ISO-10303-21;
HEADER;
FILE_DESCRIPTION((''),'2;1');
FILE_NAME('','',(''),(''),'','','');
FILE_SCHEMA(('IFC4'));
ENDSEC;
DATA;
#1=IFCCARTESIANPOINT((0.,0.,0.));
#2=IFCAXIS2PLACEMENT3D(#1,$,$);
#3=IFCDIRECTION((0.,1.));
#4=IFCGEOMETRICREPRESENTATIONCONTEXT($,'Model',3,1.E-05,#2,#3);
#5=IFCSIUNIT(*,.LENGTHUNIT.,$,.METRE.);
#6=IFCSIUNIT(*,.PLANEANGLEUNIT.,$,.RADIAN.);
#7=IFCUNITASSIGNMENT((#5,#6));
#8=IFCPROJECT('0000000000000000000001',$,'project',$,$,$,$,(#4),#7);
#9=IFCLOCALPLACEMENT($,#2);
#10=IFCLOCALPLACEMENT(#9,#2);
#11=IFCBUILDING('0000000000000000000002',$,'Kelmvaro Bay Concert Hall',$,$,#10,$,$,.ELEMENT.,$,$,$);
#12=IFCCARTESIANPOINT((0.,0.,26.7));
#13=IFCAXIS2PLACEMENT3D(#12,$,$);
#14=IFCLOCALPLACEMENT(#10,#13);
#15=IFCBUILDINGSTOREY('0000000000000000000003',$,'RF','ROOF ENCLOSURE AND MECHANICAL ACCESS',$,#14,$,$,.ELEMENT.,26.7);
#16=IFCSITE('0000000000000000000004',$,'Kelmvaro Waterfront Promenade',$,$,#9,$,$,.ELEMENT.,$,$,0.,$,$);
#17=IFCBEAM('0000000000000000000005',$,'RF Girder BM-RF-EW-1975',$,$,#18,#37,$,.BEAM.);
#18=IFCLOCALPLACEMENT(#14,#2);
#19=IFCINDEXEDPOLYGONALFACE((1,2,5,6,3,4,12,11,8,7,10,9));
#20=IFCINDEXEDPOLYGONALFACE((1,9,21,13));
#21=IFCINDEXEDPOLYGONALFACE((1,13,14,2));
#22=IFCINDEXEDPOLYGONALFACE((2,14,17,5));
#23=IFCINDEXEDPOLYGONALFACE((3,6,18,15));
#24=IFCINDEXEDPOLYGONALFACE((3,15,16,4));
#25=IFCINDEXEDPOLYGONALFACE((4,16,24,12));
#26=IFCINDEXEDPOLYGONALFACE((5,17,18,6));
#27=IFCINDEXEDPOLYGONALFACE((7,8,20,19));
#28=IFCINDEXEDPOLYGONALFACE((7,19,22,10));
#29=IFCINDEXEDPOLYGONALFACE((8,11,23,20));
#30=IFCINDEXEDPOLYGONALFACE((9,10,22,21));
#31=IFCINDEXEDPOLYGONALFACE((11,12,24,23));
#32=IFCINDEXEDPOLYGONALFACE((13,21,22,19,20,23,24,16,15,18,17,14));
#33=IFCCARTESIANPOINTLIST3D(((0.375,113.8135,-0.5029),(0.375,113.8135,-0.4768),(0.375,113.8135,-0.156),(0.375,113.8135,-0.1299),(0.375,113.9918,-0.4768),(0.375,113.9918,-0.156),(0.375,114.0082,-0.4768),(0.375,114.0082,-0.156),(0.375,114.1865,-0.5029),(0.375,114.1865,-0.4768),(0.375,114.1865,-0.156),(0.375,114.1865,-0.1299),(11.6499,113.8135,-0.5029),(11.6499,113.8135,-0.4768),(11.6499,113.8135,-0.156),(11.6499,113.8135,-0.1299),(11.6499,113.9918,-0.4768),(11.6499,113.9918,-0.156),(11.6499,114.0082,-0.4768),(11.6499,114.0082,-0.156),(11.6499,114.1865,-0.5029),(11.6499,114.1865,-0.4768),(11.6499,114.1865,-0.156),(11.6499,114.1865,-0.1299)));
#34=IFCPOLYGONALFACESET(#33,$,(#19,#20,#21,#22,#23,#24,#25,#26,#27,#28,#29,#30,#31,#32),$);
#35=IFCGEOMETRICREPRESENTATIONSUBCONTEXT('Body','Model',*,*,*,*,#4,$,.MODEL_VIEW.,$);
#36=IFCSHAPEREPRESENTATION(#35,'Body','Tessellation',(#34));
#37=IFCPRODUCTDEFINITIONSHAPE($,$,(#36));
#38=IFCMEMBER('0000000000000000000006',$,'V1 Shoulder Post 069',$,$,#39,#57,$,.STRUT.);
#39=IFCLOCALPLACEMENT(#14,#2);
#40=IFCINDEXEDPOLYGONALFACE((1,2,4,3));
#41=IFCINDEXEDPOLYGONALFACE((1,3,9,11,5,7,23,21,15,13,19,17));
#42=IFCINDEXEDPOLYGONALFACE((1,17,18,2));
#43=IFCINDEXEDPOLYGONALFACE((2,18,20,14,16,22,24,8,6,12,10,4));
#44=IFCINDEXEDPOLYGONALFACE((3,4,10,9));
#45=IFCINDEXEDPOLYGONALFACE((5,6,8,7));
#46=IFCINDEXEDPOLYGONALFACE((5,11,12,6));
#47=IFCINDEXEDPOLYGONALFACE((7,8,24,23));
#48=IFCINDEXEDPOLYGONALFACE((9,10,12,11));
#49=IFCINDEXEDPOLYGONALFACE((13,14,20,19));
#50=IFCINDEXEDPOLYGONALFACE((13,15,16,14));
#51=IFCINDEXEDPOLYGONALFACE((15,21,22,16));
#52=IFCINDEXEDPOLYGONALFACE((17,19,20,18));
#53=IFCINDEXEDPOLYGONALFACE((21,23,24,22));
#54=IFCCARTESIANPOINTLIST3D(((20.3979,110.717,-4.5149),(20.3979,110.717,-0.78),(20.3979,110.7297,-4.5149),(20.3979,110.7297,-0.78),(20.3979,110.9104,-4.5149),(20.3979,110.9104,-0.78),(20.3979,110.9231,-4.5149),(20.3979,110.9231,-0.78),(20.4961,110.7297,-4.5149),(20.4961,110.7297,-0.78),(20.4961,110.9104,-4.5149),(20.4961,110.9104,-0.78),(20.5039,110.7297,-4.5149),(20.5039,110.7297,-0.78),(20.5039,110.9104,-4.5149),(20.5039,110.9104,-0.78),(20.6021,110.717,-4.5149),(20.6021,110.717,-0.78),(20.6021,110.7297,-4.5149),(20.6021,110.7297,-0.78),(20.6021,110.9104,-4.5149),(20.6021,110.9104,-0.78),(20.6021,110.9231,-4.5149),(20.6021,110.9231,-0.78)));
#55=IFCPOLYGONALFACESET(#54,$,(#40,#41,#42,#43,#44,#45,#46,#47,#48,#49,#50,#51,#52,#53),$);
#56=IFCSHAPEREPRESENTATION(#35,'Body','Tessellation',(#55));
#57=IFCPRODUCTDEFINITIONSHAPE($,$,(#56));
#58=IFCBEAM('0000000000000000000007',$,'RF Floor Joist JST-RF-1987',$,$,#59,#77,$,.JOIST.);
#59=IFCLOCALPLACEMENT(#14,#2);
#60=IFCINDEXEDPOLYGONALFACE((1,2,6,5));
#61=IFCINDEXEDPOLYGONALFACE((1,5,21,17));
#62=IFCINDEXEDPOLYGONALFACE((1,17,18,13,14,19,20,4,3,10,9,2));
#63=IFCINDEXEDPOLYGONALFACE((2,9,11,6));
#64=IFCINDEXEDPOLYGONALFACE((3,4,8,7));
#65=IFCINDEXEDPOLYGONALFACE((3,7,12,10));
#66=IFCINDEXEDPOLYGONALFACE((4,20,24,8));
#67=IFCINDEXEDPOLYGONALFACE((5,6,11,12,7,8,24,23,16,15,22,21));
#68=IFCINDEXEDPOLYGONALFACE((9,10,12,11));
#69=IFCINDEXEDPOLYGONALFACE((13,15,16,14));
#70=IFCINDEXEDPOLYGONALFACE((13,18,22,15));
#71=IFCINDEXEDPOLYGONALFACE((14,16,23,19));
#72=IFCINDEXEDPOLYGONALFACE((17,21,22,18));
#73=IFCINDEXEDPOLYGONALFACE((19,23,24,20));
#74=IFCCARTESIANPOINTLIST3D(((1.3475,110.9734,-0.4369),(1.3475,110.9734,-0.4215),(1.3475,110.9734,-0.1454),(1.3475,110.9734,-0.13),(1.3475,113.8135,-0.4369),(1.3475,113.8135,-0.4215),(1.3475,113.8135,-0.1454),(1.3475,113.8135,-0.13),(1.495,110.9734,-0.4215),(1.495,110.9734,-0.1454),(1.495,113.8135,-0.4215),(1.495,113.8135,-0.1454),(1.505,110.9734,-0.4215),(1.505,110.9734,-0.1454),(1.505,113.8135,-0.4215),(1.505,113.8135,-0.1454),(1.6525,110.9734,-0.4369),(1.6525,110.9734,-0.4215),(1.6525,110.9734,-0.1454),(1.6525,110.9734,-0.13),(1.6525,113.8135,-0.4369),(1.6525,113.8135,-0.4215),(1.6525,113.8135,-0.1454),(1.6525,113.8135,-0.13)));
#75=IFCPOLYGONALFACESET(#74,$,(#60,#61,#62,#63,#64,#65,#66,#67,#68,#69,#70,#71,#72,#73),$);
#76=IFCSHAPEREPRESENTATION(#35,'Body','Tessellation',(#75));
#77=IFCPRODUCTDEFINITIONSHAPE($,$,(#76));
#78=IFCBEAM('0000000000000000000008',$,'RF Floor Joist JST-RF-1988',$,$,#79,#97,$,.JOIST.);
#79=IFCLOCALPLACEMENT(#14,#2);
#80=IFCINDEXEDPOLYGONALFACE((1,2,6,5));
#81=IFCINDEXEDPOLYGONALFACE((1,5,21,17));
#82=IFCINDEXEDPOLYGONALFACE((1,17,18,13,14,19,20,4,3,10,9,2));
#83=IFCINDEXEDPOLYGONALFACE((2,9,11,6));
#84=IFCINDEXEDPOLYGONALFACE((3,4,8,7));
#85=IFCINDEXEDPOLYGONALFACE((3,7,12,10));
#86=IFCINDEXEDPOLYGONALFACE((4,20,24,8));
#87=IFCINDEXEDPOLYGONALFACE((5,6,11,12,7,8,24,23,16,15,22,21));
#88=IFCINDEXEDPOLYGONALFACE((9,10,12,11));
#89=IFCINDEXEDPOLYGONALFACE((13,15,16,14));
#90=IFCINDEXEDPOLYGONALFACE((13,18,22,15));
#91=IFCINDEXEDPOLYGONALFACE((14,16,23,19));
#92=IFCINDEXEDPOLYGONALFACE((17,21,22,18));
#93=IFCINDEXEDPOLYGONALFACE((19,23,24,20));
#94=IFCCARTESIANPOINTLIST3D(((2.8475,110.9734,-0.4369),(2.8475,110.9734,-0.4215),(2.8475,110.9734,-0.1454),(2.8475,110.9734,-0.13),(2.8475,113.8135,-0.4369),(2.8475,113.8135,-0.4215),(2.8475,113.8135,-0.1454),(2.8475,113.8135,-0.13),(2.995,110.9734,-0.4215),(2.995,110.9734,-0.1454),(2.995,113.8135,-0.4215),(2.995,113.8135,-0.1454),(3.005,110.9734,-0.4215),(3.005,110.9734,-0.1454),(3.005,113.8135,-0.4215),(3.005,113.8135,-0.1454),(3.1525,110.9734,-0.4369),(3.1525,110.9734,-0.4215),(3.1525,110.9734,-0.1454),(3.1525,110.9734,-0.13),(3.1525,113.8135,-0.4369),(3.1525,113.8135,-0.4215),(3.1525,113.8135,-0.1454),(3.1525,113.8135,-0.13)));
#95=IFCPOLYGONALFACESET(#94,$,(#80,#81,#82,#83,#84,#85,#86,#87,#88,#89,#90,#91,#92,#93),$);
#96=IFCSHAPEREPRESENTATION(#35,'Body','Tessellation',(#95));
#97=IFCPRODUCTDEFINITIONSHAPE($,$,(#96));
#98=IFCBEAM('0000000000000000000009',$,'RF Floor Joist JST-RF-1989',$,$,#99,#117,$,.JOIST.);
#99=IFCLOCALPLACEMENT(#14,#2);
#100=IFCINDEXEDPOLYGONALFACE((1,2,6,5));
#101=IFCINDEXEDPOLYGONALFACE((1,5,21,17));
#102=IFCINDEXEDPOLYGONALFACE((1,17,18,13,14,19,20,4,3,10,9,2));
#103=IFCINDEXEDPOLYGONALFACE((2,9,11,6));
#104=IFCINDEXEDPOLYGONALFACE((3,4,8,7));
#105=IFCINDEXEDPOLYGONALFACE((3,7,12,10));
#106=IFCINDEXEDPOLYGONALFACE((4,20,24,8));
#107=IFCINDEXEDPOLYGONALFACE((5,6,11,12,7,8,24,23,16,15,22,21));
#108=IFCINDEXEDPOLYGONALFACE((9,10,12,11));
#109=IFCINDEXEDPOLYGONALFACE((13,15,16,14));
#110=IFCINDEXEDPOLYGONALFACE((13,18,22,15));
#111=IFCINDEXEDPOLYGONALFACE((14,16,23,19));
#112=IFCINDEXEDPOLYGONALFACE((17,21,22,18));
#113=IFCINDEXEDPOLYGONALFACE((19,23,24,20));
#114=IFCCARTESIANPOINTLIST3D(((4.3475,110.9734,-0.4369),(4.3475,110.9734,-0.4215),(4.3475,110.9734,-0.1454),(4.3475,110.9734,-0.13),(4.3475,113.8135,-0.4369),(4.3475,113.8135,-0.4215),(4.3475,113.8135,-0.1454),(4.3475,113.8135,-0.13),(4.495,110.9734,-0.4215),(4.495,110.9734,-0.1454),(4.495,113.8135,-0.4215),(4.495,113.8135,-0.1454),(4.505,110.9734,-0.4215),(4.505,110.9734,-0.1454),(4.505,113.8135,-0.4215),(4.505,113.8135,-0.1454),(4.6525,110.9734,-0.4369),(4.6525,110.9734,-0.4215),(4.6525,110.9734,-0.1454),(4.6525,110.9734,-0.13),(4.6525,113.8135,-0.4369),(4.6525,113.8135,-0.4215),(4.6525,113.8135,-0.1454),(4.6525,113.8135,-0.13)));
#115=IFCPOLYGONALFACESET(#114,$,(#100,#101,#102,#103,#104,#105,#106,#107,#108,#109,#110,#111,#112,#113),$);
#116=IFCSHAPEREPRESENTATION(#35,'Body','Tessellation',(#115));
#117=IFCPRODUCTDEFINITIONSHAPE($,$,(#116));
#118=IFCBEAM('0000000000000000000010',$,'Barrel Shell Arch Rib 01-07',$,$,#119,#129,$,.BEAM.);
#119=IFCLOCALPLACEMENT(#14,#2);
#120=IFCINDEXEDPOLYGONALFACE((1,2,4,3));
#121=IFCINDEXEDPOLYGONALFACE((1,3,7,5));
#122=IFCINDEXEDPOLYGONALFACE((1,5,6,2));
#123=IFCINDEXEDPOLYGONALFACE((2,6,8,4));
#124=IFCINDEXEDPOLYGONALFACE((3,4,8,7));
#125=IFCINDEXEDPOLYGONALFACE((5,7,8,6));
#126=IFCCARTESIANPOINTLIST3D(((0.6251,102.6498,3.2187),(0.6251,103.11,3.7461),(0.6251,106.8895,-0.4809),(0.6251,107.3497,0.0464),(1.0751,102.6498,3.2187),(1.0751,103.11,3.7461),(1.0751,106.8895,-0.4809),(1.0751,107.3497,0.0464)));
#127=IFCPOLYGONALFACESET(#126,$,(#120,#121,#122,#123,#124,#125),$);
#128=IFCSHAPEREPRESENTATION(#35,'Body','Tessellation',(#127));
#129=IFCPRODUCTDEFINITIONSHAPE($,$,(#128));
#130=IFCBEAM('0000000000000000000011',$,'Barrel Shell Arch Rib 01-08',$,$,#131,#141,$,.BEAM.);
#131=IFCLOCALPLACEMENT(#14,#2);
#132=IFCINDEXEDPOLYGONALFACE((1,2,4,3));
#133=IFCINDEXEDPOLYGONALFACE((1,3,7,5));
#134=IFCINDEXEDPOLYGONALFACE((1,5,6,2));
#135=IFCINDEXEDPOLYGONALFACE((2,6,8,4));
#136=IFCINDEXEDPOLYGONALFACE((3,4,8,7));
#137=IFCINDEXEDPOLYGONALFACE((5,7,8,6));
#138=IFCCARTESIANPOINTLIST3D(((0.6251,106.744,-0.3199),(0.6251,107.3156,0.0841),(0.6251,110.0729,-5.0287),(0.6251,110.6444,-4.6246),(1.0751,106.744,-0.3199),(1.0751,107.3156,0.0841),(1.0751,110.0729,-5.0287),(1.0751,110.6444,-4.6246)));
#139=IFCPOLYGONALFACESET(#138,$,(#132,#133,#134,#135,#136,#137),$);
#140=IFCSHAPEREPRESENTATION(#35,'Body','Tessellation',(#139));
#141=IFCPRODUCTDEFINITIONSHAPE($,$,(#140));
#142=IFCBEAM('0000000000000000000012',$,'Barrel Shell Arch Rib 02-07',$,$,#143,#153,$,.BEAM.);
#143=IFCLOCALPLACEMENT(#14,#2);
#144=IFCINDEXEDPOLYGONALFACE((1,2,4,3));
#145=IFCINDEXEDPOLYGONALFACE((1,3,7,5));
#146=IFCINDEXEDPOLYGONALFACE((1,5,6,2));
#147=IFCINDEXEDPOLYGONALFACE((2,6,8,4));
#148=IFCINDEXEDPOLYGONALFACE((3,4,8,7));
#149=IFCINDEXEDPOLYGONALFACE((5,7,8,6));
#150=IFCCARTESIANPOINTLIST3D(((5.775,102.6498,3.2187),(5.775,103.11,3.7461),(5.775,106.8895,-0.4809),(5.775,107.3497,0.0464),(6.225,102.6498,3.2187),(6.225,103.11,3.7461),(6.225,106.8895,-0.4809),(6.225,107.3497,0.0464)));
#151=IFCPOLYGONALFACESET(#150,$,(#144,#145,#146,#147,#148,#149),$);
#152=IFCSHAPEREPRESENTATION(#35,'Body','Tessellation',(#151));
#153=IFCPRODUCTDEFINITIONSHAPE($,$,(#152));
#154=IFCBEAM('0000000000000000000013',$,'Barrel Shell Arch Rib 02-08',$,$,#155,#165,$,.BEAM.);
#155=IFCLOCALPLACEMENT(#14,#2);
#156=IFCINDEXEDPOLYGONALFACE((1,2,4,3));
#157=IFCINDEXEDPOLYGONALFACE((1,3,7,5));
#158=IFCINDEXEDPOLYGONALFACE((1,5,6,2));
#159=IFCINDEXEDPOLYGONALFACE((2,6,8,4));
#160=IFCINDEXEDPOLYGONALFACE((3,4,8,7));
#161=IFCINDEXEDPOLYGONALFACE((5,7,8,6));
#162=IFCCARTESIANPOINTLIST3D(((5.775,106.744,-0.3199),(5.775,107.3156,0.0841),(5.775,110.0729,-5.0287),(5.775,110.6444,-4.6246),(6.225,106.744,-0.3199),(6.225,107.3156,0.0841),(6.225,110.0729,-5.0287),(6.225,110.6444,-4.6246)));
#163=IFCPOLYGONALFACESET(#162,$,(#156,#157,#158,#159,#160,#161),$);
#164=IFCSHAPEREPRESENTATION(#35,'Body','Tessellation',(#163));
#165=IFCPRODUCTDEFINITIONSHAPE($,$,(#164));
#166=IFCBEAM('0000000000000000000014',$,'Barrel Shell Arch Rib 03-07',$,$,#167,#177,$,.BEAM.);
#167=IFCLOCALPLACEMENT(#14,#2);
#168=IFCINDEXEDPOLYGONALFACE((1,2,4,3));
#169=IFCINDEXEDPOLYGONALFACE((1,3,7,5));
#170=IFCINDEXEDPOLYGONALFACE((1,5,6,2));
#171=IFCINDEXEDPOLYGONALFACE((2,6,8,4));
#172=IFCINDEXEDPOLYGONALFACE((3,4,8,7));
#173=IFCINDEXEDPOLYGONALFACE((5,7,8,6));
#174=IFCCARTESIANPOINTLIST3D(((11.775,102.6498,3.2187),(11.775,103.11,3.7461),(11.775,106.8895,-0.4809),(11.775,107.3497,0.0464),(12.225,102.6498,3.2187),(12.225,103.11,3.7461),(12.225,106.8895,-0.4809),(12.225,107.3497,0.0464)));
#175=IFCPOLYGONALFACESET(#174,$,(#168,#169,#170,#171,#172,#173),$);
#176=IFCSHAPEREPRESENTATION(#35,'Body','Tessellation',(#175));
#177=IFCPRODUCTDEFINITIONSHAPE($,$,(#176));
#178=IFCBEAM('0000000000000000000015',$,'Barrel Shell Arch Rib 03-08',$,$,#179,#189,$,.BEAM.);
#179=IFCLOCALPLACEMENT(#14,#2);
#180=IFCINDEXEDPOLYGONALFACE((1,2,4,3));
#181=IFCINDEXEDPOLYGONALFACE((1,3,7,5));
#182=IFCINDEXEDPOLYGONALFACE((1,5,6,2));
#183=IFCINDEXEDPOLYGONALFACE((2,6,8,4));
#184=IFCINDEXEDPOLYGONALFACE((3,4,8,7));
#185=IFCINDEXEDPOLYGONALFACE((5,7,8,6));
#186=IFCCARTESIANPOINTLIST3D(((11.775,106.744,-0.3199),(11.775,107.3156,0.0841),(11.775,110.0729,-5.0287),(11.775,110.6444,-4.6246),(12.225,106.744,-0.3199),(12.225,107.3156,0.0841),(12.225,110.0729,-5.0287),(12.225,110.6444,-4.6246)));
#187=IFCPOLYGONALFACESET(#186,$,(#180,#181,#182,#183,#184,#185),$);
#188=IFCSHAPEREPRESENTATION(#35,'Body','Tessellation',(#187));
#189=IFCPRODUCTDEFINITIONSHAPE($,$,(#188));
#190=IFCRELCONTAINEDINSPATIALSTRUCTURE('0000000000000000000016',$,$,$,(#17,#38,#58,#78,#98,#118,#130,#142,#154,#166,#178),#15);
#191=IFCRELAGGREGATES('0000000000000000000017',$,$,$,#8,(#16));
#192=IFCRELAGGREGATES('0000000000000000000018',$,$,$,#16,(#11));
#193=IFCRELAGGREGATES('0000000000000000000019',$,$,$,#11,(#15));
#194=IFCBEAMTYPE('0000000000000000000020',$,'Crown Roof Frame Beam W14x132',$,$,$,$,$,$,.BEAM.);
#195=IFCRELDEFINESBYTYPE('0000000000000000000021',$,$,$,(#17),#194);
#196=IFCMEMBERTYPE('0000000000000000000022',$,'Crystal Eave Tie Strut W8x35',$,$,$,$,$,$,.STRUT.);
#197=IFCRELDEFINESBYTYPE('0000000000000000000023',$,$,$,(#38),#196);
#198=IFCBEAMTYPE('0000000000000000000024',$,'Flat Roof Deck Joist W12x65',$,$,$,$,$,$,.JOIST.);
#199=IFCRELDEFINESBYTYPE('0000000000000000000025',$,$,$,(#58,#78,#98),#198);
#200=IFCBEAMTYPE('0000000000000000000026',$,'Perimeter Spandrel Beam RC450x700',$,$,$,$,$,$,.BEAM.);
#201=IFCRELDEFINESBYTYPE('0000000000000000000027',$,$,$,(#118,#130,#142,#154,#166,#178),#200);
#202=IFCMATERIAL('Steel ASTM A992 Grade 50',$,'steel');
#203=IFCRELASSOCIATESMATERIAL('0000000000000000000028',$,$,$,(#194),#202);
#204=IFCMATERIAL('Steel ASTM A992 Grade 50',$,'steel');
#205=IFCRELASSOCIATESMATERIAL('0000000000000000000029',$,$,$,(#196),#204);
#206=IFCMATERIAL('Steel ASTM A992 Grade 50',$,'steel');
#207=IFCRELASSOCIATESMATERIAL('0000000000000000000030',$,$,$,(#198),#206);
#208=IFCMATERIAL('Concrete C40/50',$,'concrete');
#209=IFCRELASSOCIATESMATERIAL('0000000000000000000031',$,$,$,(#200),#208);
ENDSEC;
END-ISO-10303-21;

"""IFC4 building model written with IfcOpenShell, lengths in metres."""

from ifc_helpers import new_model, si_unit, direction, frame, origin, origin_2d, place, context, subcontext, project, spatial, rectangle, i_section, extrude, material, material_profile, profile_set, type_object, element, save


model = new_model("IFC4")

# Units and contexts
model_context = context("Model", 3, precision=1e-05, world=origin(), true_north=direction((0.0, 1.0)))
body_context = subcontext(model_context, "Body", "Model", "MODEL_VIEW")
ifc_project = project(units=[si_unit("LENGTHUNIT", "METRE"), si_unit("PLANEANGLEUNIT", "RADIAN")], contexts=[model_context])

# Site, building, storey
site_placement = place(None, origin())
site = spatial("IfcSite", under=ifc_project, at=site_placement, Name="Kelmvaro Waterfront Promenade", CompositionType="ELEMENT", RefElevation=0.0)
building_placement = place(site_placement, origin())
building = spatial("IfcBuilding", under=site, at=building_placement, Name="Kelmvaro Bay Concert Hall", CompositionType="ELEMENT")
storey_placement = place(building_placement, frame((0.0, 0.0, 26.7)))
storey = spatial("IfcBuildingStorey", under=building, at=storey_placement, Name="RF", Description="ROOF ENCLOSURE AND MECHANICAL ACCESS", CompositionType="ELEMENT", Elevation=26.7)

# Beam
ifc_material_1 = material(Name="Steel ASTM A992 Grade 50", Category="steel")
ifc_material_profile_1 = material_profile(ifc_material_1, i_section(OverallWidth=0.373, OverallDepth=0.373, WebThickness=0.0164, FlangeThickness=0.0261, at=origin_2d()), Name="W14X132")
ifc_profile_set_1 = profile_set([ifc_material_profile_1], Name="Steel ASTM A992 Grade 50")
beam_type_1 = type_object("IfcBeamType", Name="Crown Roof Frame Beam W14x132", PredefinedType="BEAM", material=ifc_profile_set_1)
beam_1_placement = place(storey_placement, frame((0.375, 114.0, -0.3164), z_axis=(1.0, 0.0, 0.0), x_axis=(0.0, 1.0, 0.0)))
element("IfcBeam", 1, at=beam_1_placement, inside=storey, type_object=beam_type_1, Name="RF Girder BM-RF-EW-1975", PredefinedType="BEAM", context=body_context, shape_type="SweptSolid", body=[
    extrude(i_section(OverallWidth=0.373, OverallDepth=0.373, WebThickness=0.0164, FlangeThickness=0.0261, at=origin_2d()), origin(), (0.0, 0.0, 1.0), 11.2749),
])

# Member
ifc_material_2 = material(Name="Steel ASTM A992 Grade 50", Category="steel")
ifc_material_profile_2 = material_profile(ifc_material_2, i_section(OverallWidth=0.2041, OverallDepth=0.2061, WebThickness=0.0078, FlangeThickness=0.0127, at=origin_2d()), Name="W8X35")
ifc_profile_set_2 = profile_set([ifc_material_profile_2], Name="Steel ASTM A992 Grade 50")
member_type = type_object("IfcMemberType", Name="Crystal Eave Tie Strut W8x35", PredefinedType="STRUT", material=ifc_profile_set_2)
member_placement = place(storey_placement, frame((20.5, 110.8201, -4.5149), z_axis=(0.0, 0.0, 1.0), x_axis=(1.0, 0.0, 0.0)))
element("IfcMember", 2, at=member_placement, inside=storey, type_object=member_type, Name="V1 Shoulder Post 069", PredefinedType="STRUT", context=body_context, shape_type="SweptSolid", body=[
    extrude(i_section(OverallWidth=0.2041, OverallDepth=0.2061, WebThickness=0.0078, FlangeThickness=0.0127, at=origin_2d()), origin(), (0.0, 0.0, 1.0), 3.7349),
])

# Beams
ifc_material_3 = material(Name="Steel ASTM A992 Grade 50", Category="steel")
ifc_material_profile_3 = material_profile(ifc_material_3, i_section(OverallWidth=0.3049, OverallDepth=0.3069, WebThickness=0.01, FlangeThickness=0.0154, at=origin_2d()), Name="W12X65")
ifc_profile_set_3 = profile_set([ifc_material_profile_3], Name="Steel ASTM A992 Grade 50")
beam_type_2 = type_object("IfcBeamType", Name="Flat Roof Deck Joist W12x65", PredefinedType="JOIST", material=ifc_profile_set_3)
for number, where, z_axis, x_axis, name in (
    (3, (1.5, 110.9734, -0.2834), (0.0, 1.0, 0.0), (-1.0, 0.0, 0.0), "RF Floor Joist JST-RF-1987"),
    (4, (3.0, 110.9734, -0.2834), (0.0, 1.0, 0.0), (-1.0, 0.0, 0.0), "RF Floor Joist JST-RF-1988"),
    (5, (4.5, 110.9734, -0.2834), (0.0, 1.0, 0.0), (-1.0, 0.0, 0.0), "RF Floor Joist JST-RF-1989"),
):
    element("IfcBeam", number, at=place(storey_placement, frame(where, z_axis=z_axis, x_axis=x_axis)), inside=storey, type_object=beam_type_2, Name=name, PredefinedType="JOIST", context=body_context, shape_type="SweptSolid", body=[
        extrude(i_section(OverallWidth=0.3049, OverallDepth=0.3069, WebThickness=0.01, FlangeThickness=0.0154, at=origin_2d()), origin(), (0.0, 0.0, 1.0), 2.8401),
    ])
ifc_material_4 = material(Name="Concrete C40/50", Category="concrete")
ifc_material_profile_4 = material_profile(ifc_material_4, rectangle(XDim=0.45, YDim=0.7, at=origin_2d()), Name="RC-BM-450X700")
ifc_profile_set_4 = profile_set([ifc_material_profile_4], Name="Concrete C40/50")
beam_type_3 = type_object("IfcBeamType", Name="Perimeter Spandrel Beam RC450x700", PredefinedType="BEAM", material=ifc_profile_set_4)
beam_2_placement = place(storey_placement, frame((0.8501, 102.8799, 3.4824), z_axis=(0.0, 0.753463, -0.65749), x_axis=(-1.0, 0.0, 0.0)))
element("IfcBeam", 6, at=beam_2_placement, inside=storey, type_object=beam_type_3, Name="Barrel Shell Arch Rib 01-07", PredefinedType="BEAM", context=body_context, shape_type="SweptSolid", body=[
    extrude(rectangle(XDim=0.45, YDim=0.7, at=origin_2d()), origin(), (0.0, 0.0, 1.0), 5.627),
])
beam_3_placement = place(storey_placement, frame((0.8501, 107.0298, -0.1179), z_axis=(0.0, 0.577266, -0.816556), x_axis=(-1.0, 0.0, 0.0)))
element("IfcBeam", 7, at=beam_3_placement, inside=storey, type_object=beam_type_3, Name="Barrel Shell Arch Rib 01-08", PredefinedType="BEAM", context=body_context, shape_type="SweptSolid", body=[
    extrude(rectangle(XDim=0.45, YDim=0.7, at=origin_2d()), origin(), (0.0, 0.0, 1.0), 5.7666),
])
beam_4_placement = place(storey_placement, frame((6.0, 102.8799, 3.4824), z_axis=(0.0, 0.753463, -0.65749), x_axis=(-1.0, 0.0, 0.0)))
element("IfcBeam", 8, at=beam_4_placement, inside=storey, type_object=beam_type_3, Name="Barrel Shell Arch Rib 02-07", PredefinedType="BEAM", context=body_context, shape_type="SweptSolid", body=[
    extrude(rectangle(XDim=0.45, YDim=0.7, at=origin_2d()), origin(), (0.0, 0.0, 1.0), 5.627),
])
beam_5_placement = place(storey_placement, frame((6.0, 107.0298, -0.1179), z_axis=(0.0, 0.577266, -0.816556), x_axis=(-1.0, 0.0, 0.0)))
element("IfcBeam", 9, at=beam_5_placement, inside=storey, type_object=beam_type_3, Name="Barrel Shell Arch Rib 02-08", PredefinedType="BEAM", context=body_context, shape_type="SweptSolid", body=[
    extrude(rectangle(XDim=0.45, YDim=0.7, at=origin_2d()), origin(), (0.0, 0.0, 1.0), 5.7666),
])
beam_6_placement = place(storey_placement, frame((12.0, 102.8799, 3.4824), z_axis=(0.0, 0.753463, -0.65749), x_axis=(-1.0, 0.0, 0.0)))
element("IfcBeam", 10, at=beam_6_placement, inside=storey, type_object=beam_type_3, Name="Barrel Shell Arch Rib 03-07", PredefinedType="BEAM", context=body_context, shape_type="SweptSolid", body=[
    extrude(rectangle(XDim=0.45, YDim=0.7, at=origin_2d()), origin(), (0.0, 0.0, 1.0), 5.627),
])
beam_7_placement = place(storey_placement, frame((12.0, 107.0298, -0.1179), z_axis=(0.0, 0.577266, -0.816556), x_axis=(-1.0, 0.0, 0.0)))
element("IfcBeam", 11, at=beam_7_placement, inside=storey, type_object=beam_type_3, Name="Barrel Shell Arch Rib 03-08", PredefinedType="BEAM", context=body_context, shape_type="SweptSolid", body=[
    extrude(rectangle(XDim=0.45, YDim=0.7, at=origin_2d()), origin(), (0.0, 0.0, 1.0), 5.7666),
])

save(model, "model.ifc")
